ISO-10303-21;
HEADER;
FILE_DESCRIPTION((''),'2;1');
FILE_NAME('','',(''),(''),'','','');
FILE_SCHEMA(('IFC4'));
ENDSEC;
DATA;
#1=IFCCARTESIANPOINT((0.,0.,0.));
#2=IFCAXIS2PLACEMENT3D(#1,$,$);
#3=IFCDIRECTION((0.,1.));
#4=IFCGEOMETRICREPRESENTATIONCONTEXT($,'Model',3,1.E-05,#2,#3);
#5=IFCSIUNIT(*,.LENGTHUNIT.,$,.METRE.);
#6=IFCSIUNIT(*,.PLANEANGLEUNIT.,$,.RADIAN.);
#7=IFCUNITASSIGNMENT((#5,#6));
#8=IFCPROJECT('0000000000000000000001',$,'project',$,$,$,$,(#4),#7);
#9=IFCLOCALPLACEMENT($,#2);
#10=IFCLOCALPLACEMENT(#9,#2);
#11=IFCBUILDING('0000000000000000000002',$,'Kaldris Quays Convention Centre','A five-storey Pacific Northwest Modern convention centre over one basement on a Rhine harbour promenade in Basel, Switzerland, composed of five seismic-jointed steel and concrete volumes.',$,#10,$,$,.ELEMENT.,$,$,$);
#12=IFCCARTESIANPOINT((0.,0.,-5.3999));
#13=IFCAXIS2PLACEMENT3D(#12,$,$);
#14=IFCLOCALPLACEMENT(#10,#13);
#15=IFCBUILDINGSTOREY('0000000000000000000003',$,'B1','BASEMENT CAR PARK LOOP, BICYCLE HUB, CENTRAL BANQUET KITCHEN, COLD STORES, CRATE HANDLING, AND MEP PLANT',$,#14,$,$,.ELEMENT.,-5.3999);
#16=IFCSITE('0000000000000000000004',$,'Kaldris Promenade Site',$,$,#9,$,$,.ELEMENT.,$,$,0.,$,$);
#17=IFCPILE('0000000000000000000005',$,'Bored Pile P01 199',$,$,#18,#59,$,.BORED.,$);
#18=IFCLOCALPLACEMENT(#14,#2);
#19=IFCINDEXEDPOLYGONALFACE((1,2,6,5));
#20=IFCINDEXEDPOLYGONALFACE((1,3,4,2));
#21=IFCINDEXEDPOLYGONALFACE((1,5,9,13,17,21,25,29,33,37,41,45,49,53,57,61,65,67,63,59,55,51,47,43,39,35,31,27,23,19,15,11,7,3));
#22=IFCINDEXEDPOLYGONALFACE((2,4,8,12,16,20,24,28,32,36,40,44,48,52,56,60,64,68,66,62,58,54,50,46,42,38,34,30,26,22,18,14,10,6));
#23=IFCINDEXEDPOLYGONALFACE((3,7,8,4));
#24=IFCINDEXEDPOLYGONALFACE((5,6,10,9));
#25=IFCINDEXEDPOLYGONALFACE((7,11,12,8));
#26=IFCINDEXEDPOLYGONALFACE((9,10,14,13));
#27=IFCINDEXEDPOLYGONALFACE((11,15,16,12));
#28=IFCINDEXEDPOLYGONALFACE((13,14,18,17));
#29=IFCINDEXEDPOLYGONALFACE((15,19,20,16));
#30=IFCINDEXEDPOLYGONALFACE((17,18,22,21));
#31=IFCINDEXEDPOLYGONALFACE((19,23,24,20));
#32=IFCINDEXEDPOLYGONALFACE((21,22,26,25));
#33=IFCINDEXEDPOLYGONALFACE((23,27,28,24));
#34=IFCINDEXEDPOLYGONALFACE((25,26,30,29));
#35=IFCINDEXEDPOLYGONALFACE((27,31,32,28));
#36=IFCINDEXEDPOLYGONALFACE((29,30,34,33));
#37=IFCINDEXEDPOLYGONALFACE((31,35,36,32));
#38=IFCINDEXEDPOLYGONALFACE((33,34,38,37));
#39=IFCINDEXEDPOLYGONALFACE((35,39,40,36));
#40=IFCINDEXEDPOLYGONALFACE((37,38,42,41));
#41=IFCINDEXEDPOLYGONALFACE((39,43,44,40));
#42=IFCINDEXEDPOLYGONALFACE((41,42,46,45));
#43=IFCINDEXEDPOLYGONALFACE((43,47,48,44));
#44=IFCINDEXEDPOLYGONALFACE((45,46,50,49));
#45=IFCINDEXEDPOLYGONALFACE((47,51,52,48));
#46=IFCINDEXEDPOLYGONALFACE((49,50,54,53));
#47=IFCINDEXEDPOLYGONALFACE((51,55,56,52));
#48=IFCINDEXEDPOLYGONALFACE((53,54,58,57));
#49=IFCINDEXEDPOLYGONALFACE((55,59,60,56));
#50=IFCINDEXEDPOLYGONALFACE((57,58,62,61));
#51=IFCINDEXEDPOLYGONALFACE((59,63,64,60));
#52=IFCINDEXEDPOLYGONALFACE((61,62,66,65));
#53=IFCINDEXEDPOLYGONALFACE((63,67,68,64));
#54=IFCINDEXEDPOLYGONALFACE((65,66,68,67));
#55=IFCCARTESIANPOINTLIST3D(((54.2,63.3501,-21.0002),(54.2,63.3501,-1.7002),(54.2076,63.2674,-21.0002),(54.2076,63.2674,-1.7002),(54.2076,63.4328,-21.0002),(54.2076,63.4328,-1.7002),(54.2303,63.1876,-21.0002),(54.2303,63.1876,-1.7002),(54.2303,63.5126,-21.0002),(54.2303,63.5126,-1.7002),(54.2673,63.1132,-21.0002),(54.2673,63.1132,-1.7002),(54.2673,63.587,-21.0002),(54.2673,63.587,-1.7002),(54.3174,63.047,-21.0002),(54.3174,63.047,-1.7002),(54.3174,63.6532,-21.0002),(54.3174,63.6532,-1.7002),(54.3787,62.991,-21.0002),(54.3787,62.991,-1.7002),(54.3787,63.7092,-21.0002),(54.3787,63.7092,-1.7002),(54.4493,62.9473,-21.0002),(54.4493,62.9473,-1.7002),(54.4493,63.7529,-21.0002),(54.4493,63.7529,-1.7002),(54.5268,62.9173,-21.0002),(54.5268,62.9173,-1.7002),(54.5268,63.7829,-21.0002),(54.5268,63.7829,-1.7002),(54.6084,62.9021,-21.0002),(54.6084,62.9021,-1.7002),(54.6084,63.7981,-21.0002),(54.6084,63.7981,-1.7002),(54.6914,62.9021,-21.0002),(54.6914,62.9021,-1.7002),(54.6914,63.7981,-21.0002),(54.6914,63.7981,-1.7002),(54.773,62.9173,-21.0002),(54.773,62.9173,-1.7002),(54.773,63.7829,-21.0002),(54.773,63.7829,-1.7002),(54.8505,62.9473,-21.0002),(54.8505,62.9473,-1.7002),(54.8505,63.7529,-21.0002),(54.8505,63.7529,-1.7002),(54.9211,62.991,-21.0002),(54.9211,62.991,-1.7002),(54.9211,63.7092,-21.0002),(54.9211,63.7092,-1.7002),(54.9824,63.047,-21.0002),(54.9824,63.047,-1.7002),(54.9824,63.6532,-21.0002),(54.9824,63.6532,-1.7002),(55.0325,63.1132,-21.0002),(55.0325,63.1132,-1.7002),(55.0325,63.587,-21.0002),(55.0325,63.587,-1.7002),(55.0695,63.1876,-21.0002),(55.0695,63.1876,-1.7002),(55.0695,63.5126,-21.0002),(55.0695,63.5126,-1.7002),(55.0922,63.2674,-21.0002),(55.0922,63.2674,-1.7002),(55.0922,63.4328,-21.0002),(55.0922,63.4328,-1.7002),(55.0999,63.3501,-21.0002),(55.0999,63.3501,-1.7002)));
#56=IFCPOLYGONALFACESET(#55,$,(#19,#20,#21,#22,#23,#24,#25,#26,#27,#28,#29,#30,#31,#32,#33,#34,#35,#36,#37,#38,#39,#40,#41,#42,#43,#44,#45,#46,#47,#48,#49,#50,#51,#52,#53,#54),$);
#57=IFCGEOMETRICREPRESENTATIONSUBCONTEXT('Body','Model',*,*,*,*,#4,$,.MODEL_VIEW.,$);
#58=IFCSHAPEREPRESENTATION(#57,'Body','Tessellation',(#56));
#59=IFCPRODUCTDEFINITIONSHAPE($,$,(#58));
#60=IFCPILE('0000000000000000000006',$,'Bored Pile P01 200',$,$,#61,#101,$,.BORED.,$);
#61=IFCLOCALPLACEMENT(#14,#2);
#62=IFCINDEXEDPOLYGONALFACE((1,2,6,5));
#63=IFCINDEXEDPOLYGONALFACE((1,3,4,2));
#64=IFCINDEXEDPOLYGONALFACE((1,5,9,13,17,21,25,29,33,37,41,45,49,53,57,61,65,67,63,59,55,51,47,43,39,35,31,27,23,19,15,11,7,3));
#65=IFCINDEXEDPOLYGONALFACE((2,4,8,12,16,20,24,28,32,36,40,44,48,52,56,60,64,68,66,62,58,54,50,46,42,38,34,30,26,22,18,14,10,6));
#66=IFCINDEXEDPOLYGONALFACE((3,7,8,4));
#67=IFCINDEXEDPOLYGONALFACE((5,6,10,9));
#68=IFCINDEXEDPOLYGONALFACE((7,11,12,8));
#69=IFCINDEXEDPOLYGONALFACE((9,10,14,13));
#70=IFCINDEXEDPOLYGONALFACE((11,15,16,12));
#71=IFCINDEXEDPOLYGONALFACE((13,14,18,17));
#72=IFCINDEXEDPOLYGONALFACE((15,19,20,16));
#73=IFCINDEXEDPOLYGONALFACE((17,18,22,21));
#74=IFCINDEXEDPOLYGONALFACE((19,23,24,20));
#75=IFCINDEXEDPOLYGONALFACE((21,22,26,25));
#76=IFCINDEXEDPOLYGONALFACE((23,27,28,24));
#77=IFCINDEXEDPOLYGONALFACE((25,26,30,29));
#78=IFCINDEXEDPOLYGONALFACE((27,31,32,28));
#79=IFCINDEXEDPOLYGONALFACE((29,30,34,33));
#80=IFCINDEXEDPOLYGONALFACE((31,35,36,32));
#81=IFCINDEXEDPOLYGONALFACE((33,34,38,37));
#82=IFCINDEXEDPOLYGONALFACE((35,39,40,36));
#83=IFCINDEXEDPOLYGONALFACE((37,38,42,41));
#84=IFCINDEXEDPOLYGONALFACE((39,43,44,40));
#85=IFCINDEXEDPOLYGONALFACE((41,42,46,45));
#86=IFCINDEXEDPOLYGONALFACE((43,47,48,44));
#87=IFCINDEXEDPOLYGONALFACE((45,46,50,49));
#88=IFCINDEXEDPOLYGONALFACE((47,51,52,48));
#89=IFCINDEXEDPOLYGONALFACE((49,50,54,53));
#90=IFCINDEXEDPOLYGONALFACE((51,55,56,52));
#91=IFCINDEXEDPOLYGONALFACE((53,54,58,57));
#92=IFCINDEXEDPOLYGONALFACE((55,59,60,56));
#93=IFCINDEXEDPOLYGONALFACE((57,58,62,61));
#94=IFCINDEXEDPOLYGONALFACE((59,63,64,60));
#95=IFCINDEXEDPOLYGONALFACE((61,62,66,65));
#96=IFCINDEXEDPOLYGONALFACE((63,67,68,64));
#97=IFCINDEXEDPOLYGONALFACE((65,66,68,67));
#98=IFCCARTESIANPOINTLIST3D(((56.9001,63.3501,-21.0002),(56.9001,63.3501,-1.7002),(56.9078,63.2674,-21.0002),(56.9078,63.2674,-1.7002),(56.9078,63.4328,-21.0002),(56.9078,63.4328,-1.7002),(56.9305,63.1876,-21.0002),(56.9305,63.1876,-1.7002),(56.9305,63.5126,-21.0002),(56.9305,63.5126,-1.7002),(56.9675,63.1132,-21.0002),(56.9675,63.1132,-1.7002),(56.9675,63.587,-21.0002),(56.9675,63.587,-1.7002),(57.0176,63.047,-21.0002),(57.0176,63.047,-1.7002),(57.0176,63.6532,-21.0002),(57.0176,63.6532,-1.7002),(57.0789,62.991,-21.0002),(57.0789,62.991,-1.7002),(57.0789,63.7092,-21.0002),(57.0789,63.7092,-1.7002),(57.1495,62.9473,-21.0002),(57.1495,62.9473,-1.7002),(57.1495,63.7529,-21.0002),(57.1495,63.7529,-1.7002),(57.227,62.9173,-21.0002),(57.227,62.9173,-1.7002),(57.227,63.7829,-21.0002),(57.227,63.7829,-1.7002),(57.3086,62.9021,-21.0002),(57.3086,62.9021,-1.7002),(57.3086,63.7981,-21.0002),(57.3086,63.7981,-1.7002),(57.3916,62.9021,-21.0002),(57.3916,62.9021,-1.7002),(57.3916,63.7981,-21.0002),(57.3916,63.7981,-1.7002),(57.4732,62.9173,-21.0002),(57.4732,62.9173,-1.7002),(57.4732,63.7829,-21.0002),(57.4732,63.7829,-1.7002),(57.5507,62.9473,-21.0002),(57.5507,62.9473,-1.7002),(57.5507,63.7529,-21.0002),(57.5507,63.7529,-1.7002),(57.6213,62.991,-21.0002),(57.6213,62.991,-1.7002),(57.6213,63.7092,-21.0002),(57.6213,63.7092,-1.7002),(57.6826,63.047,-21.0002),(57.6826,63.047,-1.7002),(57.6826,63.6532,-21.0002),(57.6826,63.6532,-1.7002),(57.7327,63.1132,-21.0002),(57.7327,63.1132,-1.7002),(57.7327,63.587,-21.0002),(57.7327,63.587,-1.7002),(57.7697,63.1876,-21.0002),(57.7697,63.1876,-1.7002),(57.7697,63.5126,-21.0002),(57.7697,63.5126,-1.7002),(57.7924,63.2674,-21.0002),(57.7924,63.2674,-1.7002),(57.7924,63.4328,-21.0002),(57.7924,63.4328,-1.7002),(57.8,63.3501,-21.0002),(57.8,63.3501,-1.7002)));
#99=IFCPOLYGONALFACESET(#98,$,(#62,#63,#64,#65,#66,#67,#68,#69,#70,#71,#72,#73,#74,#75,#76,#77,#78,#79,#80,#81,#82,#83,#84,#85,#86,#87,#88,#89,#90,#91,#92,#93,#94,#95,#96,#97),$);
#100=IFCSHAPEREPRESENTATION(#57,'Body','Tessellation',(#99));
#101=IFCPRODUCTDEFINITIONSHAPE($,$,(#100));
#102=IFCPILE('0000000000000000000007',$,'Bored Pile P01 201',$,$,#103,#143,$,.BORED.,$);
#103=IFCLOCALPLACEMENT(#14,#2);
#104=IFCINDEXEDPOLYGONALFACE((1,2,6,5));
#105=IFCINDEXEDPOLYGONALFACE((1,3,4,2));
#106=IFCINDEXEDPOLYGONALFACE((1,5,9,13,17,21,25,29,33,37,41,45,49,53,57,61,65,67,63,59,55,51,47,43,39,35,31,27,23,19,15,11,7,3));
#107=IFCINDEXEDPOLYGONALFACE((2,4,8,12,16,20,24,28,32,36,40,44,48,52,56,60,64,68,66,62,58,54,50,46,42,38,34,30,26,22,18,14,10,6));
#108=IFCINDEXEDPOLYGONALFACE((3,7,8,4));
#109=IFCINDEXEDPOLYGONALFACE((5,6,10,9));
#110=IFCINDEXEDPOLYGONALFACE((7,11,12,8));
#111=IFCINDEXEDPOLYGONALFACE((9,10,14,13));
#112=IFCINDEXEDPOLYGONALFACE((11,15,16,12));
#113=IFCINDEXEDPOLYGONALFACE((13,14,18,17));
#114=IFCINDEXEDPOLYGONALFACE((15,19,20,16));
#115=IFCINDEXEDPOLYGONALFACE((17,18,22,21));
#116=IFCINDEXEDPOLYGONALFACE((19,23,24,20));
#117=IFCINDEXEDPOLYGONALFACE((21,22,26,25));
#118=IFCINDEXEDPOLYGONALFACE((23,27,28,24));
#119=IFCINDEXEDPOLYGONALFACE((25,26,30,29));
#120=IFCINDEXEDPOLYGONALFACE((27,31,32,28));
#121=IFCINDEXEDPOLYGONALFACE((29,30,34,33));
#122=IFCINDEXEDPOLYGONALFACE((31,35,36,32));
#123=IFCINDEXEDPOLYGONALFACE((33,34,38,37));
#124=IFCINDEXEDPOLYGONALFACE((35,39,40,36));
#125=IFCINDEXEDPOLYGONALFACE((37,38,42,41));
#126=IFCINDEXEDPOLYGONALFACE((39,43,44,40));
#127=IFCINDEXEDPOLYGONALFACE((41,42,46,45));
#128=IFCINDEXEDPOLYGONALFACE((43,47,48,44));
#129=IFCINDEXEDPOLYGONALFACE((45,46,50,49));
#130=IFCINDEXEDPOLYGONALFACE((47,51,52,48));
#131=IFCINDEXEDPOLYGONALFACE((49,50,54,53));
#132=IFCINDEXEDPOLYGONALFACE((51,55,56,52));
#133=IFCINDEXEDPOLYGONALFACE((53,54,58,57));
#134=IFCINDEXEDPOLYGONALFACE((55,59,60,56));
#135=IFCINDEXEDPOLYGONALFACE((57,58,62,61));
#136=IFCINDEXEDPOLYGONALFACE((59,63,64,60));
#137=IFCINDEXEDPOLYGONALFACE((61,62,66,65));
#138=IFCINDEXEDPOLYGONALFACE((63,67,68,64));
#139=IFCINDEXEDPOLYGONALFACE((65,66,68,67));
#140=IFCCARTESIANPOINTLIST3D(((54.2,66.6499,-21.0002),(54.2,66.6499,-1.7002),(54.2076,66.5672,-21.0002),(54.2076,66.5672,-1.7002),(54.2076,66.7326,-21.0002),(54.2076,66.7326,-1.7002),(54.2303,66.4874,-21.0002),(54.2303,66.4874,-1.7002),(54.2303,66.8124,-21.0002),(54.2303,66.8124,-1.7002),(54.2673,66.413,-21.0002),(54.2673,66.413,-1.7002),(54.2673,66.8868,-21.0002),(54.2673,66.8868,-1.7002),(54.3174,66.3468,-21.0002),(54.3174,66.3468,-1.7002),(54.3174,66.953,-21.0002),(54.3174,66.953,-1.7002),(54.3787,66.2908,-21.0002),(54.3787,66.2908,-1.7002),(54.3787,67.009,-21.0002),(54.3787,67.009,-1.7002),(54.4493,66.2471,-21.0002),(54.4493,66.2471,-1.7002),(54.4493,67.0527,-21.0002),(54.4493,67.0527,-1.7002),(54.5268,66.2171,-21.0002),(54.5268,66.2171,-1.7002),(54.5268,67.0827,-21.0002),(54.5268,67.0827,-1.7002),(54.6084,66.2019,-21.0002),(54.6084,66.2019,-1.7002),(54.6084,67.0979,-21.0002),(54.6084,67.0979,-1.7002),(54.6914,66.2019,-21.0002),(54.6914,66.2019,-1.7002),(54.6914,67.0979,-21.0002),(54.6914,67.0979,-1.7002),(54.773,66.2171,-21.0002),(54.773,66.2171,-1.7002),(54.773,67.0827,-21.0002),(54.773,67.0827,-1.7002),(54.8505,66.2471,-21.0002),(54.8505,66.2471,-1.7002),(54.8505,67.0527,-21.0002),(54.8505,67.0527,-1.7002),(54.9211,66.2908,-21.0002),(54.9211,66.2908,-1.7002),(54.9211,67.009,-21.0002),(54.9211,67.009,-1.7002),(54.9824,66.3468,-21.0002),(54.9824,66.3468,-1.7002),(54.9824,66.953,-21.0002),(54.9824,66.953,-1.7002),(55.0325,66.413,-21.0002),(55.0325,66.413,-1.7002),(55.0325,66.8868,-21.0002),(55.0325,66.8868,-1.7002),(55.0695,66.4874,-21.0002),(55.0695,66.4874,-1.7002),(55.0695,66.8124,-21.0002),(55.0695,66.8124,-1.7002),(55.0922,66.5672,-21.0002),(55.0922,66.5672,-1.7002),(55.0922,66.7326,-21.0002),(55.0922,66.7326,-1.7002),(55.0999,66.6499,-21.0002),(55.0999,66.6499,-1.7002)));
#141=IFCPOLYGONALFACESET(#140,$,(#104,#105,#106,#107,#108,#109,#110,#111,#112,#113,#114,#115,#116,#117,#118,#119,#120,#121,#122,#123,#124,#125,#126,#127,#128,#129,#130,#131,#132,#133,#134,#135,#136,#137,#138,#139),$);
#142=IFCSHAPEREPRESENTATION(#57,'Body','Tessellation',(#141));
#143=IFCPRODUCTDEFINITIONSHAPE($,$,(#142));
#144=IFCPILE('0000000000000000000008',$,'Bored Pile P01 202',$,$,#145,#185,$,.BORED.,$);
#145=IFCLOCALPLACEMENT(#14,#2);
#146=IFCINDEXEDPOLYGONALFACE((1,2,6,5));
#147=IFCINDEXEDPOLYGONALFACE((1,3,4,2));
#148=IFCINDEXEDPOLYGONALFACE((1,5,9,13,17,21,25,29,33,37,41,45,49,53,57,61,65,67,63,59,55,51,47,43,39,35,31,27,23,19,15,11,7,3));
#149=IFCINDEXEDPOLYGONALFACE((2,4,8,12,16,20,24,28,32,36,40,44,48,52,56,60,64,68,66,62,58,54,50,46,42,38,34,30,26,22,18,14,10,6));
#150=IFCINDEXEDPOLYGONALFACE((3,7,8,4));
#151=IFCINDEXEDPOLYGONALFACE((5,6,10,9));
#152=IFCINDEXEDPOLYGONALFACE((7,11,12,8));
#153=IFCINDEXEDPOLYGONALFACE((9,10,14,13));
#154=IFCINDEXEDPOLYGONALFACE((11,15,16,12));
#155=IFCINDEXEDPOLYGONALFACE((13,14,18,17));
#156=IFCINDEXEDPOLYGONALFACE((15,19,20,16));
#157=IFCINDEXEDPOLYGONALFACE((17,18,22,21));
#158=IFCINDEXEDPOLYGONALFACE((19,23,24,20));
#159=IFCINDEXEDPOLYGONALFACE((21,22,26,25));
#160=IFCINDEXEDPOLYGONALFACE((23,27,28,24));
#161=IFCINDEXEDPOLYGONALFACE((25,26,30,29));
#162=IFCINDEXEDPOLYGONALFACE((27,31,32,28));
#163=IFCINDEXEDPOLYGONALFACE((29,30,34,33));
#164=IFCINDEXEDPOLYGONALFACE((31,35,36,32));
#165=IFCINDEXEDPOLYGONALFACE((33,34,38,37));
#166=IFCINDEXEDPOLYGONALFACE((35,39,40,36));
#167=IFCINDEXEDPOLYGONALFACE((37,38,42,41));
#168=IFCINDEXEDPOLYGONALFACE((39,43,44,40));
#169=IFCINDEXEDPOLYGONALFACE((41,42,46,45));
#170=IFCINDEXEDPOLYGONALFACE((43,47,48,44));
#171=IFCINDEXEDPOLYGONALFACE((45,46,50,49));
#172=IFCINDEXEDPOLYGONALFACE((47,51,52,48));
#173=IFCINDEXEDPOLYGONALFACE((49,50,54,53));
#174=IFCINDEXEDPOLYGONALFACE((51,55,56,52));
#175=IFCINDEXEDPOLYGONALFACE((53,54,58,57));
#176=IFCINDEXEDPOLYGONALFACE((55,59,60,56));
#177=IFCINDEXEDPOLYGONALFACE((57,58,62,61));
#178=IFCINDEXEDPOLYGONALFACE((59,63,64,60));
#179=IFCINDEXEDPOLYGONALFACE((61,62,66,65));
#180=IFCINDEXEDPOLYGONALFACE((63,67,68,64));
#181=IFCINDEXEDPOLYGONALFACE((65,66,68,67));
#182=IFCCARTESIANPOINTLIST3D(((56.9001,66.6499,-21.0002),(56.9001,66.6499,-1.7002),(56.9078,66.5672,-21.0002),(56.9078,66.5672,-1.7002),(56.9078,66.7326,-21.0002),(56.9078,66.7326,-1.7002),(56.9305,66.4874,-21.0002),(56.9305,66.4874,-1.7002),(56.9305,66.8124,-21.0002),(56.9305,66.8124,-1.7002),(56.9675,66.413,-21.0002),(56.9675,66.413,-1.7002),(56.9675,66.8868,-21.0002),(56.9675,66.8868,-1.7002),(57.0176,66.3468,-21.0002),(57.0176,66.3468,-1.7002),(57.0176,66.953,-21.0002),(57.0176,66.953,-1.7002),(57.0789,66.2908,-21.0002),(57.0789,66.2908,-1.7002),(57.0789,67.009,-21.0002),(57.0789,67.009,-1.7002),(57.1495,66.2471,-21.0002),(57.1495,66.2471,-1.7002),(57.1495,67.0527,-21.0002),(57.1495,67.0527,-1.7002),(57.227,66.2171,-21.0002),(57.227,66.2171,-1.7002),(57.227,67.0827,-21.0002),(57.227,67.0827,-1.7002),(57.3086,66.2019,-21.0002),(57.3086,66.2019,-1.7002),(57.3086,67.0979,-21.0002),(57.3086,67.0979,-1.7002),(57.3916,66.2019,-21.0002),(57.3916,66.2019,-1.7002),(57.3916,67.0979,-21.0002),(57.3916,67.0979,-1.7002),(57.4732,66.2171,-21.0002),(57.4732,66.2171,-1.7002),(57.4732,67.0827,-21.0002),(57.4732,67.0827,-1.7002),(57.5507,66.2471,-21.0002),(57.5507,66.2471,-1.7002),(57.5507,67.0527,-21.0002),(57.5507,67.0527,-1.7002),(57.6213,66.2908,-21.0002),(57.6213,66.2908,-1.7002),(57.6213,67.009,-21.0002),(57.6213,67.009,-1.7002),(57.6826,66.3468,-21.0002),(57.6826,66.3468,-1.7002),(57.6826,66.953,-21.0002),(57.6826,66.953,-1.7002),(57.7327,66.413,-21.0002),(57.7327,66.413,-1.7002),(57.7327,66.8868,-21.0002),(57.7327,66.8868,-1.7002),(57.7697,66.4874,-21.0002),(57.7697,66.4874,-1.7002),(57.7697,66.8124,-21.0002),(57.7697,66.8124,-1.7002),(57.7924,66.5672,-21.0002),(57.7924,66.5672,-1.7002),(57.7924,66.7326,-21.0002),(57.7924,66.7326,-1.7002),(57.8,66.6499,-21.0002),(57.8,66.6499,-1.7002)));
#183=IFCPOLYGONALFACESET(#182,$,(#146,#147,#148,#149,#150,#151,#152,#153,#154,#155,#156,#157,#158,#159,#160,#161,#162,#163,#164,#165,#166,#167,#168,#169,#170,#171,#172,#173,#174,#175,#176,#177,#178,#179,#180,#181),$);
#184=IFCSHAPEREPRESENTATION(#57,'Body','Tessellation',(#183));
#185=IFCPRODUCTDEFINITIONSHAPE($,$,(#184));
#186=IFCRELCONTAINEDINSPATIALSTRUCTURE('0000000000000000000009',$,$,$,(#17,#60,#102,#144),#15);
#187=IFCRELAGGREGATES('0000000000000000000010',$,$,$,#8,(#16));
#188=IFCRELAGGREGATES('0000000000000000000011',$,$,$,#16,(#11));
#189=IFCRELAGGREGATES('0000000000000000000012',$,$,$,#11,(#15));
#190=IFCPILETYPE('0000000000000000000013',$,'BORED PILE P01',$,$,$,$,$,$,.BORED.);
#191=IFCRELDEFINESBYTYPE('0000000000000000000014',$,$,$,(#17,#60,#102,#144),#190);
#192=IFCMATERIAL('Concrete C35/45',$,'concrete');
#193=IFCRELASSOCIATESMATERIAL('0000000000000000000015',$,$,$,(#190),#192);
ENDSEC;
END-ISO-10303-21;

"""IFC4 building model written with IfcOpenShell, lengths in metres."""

from ifc_helpers import new_model, si_unit, direction, frame, origin, origin_2d, place, context, subcontext, project, spatial, circle, extrude, material, material_profile, profile_set, type_object, element, save


model = new_model("IFC4")

# Units and contexts
model_context = context("Model", 3, precision=1e-05, world=origin(), true_north=direction((0.0, 1.0)))
body_context = subcontext(model_context, "Body", "Model", "MODEL_VIEW")
ifc_project = project(units=[si_unit("LENGTHUNIT", "METRE"), si_unit("PLANEANGLEUNIT", "RADIAN")], contexts=[model_context])

# Site, building, storey
site_placement = place(None, origin())
site = spatial("IfcSite", under=ifc_project, at=site_placement, Name="Kaldris Promenade Site", CompositionType="ELEMENT", RefElevation=0.0)
building_placement = place(site_placement, origin())
building = spatial("IfcBuilding", under=site, at=building_placement, Name="Kaldris Quays Convention Centre", Description="A five-storey Pacific Northwest Modern convention centre over one basement on a Rhine harbour promenade in Basel, Switzerland, composed of five seismic-jointed steel and concrete volumes.", CompositionType="ELEMENT")
storey_placement = place(building_placement, frame((0.0, 0.0, -5.3999)))
storey = spatial("IfcBuildingStorey", under=building, at=storey_placement, Name="B1", Description="BASEMENT CAR PARK LOOP, BICYCLE HUB, CENTRAL BANQUET KITCHEN, COLD STORES, CRATE HANDLING, AND MEP PLANT", CompositionType="ELEMENT", Elevation=-5.3999)

# Piles
ifc_material_1 = material(Name="Concrete C35/45", Category="concrete")
ifc_material_profile_1 = material_profile(ifc_material_1, circle(Radius=0.45, at=origin_2d()), Name="BORED PILE D900")
ifc_profile_set_1 = profile_set([ifc_material_profile_1], Name="Concrete C35/45")
pile_type = type_object("IfcPileType", Name="BORED PILE P01", PredefinedType="BORED", material=ifc_profile_set_1)
for number, where, z_axis, x_axis, name in (
    (1, (54.6499, 63.3501, -1.7002), (0.0, 0.0, -1.0), (1.0, 0.0, 0.0), "Bored Pile P01 199"),
    (2, (57.3501, 63.3501, -1.7002), (0.0, 0.0, -1.0), (1.0, 0.0, 0.0), "Bored Pile P01 200"),
    (3, (54.6499, 66.6499, -1.7002), (0.0, 0.0, -1.0), (1.0, 0.0, 0.0), "Bored Pile P01 201"),
    (4, (57.3501, 66.6499, -1.7002), (0.0, 0.0, -1.0), (1.0, 0.0, 0.0), "Bored Pile P01 202"),
):
    element("IfcPile", number, at=place(storey_placement, frame(where, z_axis=z_axis, x_axis=x_axis)), inside=storey, type_object=pile_type, Name=name, PredefinedType="BORED", context=body_context, shape_type="SweptSolid", body=[
        extrude(circle(Radius=0.45, at=origin_2d()), origin(), (0.0, 0.0, 1.0), 19.3),
    ])

save(model, "model.ifc")
